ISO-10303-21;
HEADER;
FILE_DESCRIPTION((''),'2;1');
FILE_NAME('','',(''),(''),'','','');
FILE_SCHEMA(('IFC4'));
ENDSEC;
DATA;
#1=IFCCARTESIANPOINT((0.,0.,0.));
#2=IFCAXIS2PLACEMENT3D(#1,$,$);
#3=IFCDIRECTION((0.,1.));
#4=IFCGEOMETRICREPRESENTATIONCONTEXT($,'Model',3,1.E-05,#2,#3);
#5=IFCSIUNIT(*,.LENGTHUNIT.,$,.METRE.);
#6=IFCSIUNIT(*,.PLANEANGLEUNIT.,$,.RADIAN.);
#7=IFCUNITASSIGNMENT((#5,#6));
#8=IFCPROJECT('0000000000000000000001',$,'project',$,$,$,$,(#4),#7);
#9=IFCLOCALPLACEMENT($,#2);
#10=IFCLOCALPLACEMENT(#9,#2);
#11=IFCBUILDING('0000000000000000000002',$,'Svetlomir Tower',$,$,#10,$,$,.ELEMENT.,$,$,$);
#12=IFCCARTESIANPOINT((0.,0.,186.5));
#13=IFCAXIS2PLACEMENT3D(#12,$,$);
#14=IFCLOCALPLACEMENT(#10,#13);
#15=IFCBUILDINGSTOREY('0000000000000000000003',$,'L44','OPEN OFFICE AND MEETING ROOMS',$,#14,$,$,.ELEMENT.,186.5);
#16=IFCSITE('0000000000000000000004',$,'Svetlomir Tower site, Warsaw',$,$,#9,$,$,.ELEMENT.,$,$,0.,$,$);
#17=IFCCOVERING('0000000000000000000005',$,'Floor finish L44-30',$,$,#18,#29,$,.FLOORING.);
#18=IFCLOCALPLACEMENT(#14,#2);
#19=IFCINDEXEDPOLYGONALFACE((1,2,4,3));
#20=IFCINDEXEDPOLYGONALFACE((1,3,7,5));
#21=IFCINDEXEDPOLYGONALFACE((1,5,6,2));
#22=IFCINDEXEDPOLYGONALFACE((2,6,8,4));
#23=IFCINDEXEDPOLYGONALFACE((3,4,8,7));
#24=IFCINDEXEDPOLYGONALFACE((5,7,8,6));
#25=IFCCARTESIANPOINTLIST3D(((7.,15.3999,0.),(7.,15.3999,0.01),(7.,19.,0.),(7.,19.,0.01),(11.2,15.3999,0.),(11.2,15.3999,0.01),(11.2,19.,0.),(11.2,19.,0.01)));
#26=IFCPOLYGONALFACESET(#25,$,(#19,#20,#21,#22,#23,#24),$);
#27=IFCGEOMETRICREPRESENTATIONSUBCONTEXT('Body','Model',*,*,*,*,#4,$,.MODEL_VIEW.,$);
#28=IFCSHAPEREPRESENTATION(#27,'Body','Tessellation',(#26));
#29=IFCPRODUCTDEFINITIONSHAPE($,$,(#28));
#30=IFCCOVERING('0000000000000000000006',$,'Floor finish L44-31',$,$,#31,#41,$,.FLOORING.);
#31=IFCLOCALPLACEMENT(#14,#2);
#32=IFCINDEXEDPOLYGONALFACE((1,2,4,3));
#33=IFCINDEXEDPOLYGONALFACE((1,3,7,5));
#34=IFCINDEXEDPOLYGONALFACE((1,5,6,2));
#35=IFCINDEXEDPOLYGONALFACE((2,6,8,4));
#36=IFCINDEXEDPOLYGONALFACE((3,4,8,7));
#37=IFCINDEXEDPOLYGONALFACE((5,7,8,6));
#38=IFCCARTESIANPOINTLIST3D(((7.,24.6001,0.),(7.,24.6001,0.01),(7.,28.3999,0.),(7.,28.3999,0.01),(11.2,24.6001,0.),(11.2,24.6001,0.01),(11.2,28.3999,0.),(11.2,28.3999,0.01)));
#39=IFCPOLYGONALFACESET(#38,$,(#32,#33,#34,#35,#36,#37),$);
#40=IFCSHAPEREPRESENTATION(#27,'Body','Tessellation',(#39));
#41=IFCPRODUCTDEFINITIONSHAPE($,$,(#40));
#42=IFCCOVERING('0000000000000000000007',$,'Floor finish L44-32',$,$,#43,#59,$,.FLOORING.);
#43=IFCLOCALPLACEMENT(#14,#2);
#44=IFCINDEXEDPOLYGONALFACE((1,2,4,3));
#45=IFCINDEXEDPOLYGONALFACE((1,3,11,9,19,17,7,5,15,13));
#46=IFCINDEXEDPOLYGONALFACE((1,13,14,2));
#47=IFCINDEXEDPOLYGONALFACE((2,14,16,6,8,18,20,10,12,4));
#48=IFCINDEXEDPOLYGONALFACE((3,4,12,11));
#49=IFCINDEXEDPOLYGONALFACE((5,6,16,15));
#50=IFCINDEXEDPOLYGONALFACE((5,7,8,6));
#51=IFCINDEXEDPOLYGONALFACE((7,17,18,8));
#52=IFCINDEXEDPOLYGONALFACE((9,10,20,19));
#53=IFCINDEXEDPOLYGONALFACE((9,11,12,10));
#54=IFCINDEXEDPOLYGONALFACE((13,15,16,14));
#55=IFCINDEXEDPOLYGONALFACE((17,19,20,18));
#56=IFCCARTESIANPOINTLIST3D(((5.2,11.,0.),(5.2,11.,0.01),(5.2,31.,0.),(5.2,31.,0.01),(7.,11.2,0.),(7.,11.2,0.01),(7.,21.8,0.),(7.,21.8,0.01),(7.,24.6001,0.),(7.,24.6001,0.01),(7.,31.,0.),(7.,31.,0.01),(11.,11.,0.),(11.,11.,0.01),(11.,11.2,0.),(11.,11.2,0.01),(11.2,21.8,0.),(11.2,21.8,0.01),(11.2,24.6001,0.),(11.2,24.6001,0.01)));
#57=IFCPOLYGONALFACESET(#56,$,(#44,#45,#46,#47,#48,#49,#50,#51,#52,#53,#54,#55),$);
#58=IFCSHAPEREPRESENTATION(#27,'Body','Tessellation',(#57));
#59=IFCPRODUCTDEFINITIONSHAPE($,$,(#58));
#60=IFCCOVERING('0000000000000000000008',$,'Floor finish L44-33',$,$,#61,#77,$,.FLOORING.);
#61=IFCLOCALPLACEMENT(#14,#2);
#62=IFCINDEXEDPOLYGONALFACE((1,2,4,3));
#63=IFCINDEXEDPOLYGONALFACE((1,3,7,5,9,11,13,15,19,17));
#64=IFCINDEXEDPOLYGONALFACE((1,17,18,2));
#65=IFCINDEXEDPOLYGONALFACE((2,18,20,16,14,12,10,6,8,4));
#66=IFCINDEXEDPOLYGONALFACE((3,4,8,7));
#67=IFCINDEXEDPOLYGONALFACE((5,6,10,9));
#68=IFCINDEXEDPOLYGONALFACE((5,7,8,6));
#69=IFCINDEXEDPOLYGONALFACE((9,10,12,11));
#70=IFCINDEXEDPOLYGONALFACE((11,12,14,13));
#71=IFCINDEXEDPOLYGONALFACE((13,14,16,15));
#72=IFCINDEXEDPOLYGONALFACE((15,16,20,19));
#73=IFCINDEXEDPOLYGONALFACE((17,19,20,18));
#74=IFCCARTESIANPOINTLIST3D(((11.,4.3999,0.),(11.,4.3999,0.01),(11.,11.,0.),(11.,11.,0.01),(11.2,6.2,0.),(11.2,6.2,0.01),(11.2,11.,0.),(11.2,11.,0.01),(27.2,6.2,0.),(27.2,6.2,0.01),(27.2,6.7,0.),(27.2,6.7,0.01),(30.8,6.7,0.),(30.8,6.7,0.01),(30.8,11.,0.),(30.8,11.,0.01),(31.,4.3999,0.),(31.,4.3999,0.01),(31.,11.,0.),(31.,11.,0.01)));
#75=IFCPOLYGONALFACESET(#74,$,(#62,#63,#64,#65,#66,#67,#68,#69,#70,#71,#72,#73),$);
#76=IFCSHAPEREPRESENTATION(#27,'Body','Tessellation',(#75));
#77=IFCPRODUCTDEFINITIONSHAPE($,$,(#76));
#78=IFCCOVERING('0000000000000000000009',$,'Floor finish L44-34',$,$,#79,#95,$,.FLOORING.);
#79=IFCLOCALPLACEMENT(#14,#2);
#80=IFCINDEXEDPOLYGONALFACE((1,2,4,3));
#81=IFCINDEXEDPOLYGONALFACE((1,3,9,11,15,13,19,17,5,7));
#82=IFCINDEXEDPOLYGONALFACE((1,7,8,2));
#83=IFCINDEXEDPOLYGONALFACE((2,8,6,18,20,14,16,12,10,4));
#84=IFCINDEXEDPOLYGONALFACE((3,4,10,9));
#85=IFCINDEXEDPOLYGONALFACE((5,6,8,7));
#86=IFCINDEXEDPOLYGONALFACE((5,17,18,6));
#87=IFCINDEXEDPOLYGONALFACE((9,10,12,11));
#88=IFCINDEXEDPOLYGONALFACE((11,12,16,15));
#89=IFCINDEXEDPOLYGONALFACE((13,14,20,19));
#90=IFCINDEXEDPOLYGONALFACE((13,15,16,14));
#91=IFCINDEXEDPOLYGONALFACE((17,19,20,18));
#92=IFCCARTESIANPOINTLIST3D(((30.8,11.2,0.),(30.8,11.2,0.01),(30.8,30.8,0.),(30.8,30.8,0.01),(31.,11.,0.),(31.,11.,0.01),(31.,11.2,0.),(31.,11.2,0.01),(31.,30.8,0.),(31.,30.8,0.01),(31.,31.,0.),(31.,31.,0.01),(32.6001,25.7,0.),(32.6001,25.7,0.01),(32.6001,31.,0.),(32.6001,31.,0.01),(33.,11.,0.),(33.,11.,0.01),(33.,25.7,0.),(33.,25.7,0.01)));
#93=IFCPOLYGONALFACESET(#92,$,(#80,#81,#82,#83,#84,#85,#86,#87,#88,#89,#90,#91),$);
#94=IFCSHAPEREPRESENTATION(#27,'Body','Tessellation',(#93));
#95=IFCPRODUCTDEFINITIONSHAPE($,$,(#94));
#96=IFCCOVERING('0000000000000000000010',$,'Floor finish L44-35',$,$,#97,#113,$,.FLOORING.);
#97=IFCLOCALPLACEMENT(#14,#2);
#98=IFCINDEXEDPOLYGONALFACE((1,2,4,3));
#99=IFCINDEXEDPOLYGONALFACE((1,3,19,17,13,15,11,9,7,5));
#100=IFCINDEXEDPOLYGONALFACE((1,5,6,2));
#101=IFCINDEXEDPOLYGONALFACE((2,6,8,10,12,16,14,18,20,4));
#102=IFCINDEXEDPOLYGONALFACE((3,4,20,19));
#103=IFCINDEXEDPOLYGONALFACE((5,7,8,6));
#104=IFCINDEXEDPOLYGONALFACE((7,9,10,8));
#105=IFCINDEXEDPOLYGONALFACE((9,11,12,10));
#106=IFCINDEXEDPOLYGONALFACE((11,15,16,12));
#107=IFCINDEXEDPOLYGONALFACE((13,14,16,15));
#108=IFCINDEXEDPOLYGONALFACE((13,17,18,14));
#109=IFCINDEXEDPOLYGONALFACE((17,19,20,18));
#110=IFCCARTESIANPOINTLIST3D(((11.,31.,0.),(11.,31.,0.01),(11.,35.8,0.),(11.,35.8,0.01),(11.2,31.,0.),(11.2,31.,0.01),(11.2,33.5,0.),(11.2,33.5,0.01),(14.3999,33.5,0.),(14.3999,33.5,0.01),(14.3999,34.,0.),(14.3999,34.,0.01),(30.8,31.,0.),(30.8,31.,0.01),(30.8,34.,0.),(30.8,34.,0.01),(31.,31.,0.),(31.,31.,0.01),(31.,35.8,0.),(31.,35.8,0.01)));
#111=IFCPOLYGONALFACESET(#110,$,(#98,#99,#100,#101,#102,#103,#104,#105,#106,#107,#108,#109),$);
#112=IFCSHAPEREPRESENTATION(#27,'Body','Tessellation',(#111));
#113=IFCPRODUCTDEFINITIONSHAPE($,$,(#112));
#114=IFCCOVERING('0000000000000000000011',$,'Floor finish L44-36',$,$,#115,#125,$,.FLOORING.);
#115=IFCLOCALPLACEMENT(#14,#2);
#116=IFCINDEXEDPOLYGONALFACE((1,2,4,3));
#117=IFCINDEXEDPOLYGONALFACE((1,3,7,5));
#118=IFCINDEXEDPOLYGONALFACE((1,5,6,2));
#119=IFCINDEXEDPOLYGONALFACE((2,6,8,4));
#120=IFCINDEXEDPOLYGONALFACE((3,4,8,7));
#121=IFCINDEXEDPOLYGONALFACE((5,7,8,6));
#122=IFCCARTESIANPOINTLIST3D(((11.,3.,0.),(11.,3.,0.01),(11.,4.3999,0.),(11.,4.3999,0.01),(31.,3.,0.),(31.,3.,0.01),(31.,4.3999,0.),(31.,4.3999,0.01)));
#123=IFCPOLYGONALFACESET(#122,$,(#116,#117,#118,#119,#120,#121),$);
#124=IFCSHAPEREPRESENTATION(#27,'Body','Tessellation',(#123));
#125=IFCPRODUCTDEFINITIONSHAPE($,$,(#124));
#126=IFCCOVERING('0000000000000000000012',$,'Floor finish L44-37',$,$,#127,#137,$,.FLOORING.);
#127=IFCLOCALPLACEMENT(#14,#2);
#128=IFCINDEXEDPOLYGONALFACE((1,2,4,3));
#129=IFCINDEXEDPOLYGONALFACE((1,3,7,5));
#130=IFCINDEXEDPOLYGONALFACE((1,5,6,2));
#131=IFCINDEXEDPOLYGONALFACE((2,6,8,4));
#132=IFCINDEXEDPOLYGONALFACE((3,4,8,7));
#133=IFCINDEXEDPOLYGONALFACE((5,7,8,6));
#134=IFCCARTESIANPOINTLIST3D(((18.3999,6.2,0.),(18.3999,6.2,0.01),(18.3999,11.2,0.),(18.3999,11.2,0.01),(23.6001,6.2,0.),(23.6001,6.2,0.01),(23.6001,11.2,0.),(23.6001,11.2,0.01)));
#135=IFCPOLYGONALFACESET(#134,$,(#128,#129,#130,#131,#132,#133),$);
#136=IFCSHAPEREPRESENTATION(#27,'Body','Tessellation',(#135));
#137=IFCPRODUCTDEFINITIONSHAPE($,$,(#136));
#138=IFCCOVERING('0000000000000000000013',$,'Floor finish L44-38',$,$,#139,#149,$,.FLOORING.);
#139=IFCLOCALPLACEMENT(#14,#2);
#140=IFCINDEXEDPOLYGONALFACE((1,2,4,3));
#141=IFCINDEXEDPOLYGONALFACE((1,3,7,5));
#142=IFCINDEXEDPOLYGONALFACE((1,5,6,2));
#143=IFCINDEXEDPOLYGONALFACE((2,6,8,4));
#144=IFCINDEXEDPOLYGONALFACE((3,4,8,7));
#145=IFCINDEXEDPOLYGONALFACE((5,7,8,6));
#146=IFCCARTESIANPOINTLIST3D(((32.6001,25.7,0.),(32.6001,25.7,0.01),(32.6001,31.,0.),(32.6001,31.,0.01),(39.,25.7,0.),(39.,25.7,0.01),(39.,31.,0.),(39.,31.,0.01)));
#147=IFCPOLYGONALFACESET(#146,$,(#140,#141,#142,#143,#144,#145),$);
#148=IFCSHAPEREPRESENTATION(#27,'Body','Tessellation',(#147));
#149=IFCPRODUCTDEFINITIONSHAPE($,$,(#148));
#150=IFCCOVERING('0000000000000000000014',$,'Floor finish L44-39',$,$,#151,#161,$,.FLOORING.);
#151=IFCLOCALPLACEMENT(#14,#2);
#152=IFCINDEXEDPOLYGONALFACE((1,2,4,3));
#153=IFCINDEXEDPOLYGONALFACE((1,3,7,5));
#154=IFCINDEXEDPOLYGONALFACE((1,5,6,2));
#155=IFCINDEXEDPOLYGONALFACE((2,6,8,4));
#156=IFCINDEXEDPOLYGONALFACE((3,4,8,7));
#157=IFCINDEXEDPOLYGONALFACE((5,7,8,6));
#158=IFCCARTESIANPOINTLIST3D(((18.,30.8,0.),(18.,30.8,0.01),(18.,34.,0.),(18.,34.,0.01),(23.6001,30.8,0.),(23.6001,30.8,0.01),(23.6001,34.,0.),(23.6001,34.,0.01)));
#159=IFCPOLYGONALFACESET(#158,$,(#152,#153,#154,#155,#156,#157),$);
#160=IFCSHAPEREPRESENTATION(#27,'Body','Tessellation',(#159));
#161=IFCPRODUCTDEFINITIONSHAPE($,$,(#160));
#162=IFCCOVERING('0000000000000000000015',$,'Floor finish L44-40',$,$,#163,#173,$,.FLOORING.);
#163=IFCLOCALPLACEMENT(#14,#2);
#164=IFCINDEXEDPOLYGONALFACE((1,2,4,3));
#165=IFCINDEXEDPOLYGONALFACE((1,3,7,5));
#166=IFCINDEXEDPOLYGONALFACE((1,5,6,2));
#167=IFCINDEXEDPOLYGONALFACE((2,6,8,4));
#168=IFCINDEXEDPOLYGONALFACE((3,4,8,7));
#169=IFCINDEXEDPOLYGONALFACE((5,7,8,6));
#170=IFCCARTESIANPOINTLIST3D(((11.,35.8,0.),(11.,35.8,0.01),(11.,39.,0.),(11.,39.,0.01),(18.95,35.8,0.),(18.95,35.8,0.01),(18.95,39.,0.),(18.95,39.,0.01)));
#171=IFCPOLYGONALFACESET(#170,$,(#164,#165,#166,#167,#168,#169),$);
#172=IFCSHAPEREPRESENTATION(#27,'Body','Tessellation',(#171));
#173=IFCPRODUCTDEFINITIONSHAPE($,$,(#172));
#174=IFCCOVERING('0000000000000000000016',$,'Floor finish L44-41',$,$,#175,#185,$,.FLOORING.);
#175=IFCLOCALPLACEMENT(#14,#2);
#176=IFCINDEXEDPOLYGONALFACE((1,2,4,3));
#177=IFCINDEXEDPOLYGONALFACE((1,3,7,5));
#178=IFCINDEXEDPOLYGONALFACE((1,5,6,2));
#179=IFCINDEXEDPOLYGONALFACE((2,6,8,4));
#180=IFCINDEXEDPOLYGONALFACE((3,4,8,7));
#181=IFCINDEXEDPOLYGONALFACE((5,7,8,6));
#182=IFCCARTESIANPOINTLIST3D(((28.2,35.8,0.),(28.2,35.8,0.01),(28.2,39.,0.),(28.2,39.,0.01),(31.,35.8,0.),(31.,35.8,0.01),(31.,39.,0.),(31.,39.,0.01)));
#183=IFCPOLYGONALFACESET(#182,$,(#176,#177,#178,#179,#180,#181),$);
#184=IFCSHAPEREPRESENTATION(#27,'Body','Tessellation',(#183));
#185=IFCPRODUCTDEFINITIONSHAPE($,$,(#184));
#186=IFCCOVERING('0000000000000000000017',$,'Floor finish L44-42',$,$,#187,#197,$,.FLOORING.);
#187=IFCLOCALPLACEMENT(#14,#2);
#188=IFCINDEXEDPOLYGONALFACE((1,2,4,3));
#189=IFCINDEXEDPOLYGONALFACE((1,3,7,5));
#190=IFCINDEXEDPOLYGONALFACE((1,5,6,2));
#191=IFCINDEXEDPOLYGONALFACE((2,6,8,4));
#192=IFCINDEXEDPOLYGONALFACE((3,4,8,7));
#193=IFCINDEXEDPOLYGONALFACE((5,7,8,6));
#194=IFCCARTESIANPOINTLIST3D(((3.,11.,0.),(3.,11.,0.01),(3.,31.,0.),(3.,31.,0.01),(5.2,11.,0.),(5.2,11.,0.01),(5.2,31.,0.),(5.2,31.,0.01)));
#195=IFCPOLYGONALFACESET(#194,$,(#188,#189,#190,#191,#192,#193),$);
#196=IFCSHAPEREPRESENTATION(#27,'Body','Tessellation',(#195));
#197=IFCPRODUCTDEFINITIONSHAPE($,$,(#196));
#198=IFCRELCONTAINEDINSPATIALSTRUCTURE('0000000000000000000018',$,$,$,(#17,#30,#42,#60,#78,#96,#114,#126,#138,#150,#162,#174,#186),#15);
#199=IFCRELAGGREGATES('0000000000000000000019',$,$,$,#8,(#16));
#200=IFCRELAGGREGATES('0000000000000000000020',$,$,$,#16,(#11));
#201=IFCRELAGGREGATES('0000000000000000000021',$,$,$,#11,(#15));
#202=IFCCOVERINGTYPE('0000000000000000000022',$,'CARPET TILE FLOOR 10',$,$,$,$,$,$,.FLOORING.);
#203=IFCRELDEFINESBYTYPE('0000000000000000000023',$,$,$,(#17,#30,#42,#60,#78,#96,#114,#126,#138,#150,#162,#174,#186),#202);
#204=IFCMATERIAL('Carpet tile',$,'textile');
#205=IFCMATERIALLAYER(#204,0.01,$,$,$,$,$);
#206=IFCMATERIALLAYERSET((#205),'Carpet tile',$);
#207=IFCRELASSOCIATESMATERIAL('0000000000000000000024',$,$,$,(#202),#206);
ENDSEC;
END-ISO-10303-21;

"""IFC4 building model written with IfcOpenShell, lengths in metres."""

from ifc_helpers import new_model, si_unit, direction, frame, origin, place, context, subcontext, project, spatial, polyline, outline, extrude, material, layer, layer_set, type_object, element, save


model = new_model("IFC4")

# Units and contexts
model_context = context("Model", 3, precision=1e-05, world=origin(), true_north=direction((0.0, 1.0)))
body_context = subcontext(model_context, "Body", "Model", "MODEL_VIEW")
ifc_project = project(units=[si_unit("LENGTHUNIT", "METRE"), si_unit("PLANEANGLEUNIT", "RADIAN")], contexts=[model_context])

# Site, building, storey
site_placement = place(None, origin())
site = spatial("IfcSite", under=ifc_project, at=site_placement, Name="Svetlomir Tower site, Warsaw", CompositionType="ELEMENT", RefElevation=0.0)
building_placement = place(site_placement, origin())
building = spatial("IfcBuilding", under=site, at=building_placement, Name="Svetlomir Tower", CompositionType="ELEMENT")
storey_placement = place(building_placement, frame((0.0, 0.0, 186.5)))
storey = spatial("IfcBuildingStorey", under=building, at=storey_placement, Name="L44", Description="OPEN OFFICE AND MEETING ROOMS", CompositionType="ELEMENT", Elevation=186.5)

# Coverings
ifc_material_1 = material(Name="Carpet tile", Category="textile")
ifc_layer_1 = layer(ifc_material_1, 0.01)
ifc_layer_set_1 = layer_set([ifc_layer_1], Name="Carpet tile")
covering_type_1 = type_object("IfcCoveringType", Name="CARPET TILE FLOOR 10", PredefinedType="FLOORING", material=ifc_layer_set_1)
covering_1_placement = place(storey_placement, origin())
element("IfcCovering", 1, at=covering_1_placement, inside=storey, type_object=covering_type_1, Name="Floor finish L44-30", PredefinedType="FLOORING", context=body_context, shape_type="SweptSolid", body=[
    extrude(outline(polyline([(7.0, 15.3999), (11.2, 15.3999), (11.2, 19.0), (7.0, 19.0), (7.0, 15.3999)])), origin(), (0.0, 0.0, 1.0), 0.01),
])
covering_2_placement = place(storey_placement, origin())
element("IfcCovering", 2, at=covering_2_placement, inside=storey, type_object=covering_type_1, Name="Floor finish L44-31", PredefinedType="FLOORING", context=body_context, shape_type="SweptSolid", body=[
    extrude(outline(polyline([(7.0, 24.6001), (11.2, 24.6001), (11.2, 28.3999), (7.0, 28.3999), (7.0, 24.6001)])), origin(), (0.0, 0.0, 1.0), 0.01),
])
covering_3_placement = place(storey_placement, origin())
element("IfcCovering", 3, at=covering_3_placement, inside=storey, type_object=covering_type_1, Name="Floor finish L44-32", PredefinedType="FLOORING", context=body_context, shape_type="SweptSolid", body=[
    extrude(outline(polyline([(5.2, 11.0), (5.2, 31.0), (7.0, 31.0), (7.0, 24.6001), (11.2, 24.6001), (11.2, 21.8), (7.0, 21.8), (7.0, 11.2), (11.0, 11.2), (11.0, 11.0), (5.2, 11.0)])), origin(), (0.0, 0.0, 1.0), 0.01),
])
covering_4_placement = place(storey_placement, origin())
element("IfcCovering", 4, at=covering_4_placement, inside=storey, type_object=covering_type_1, Name="Floor finish L44-33", PredefinedType="FLOORING", context=body_context, shape_type="SweptSolid", body=[
    extrude(outline(polyline([(11.2, 6.2), (27.2, 6.2), (27.2, 6.7), (30.8, 6.7), (30.8, 11.0), (31.0, 11.0), (31.0, 4.3999), (11.0, 4.3999), (11.0, 11.0), (11.2, 11.0), (11.2, 6.2)])), origin(), (0.0, 0.0, 1.0), 0.01),
])
covering_5_placement = place(storey_placement, origin())
element("IfcCovering", 5, at=covering_5_placement, inside=storey, type_object=covering_type_1, Name="Floor finish L44-34", PredefinedType="FLOORING", context=body_context, shape_type="SweptSolid", body=[
    extrude(outline(polyline([(30.8, 11.2), (30.8, 30.8), (31.0, 30.8), (31.0, 31.0), (32.6001, 31.0), (32.6001, 25.7), (33.0, 25.7), (33.0, 11.0), (31.0, 11.0), (31.0, 11.2), (30.8, 11.2)])), origin(), (0.0, 0.0, 1.0), 0.01),
])
covering_6_placement = place(storey_placement, origin())
element("IfcCovering", 6, at=covering_6_placement, inside=storey, type_object=covering_type_1, Name="Floor finish L44-35", PredefinedType="FLOORING", context=body_context, shape_type="SweptSolid", body=[
    extrude(outline(polyline([(30.8, 34.0), (14.3999, 34.0), (14.3999, 33.5), (11.2, 33.5), (11.2, 31.0), (11.0, 31.0), (11.0, 35.8), (31.0, 35.8), (31.0, 31.0), (30.8, 31.0), (30.8, 34.0)])), origin(), (0.0, 0.0, 1.0), 0.01),
])
covering_7_placement = place(storey_placement, origin())
element("IfcCovering", 7, at=covering_7_placement, inside=storey, type_object=covering_type_1, Name="Floor finish L44-36", PredefinedType="FLOORING", context=body_context, shape_type="SweptSolid", body=[
    extrude(outline(polyline([(11.0, 3.0), (11.0, 4.3999), (31.0, 4.3999), (31.0, 3.0), (11.0, 3.0)])), origin(), (0.0, 0.0, 1.0), 0.01),
])
covering_8_placement = place(storey_placement, origin())
element("IfcCovering", 8, at=covering_8_placement, inside=storey, type_object=covering_type_1, Name="Floor finish L44-37", PredefinedType="FLOORING", context=body_context, shape_type="SweptSolid", body=[
    extrude(outline(polyline([(23.6001, 11.2), (23.6001, 6.2), (18.3999, 6.2), (18.3999, 11.2), (23.6001, 11.2)])), origin(), (0.0, 0.0, 1.0), 0.01),
])
covering_9_placement = place(storey_placement, origin())
element("IfcCovering", 9, at=covering_9_placement, inside=storey, type_object=covering_type_1, Name="Floor finish L44-38", PredefinedType="FLOORING", context=body_context, shape_type="SweptSolid", body=[
    extrude(outline(polyline([(39.0, 25.7), (32.6001, 25.7), (32.6001, 31.0), (39.0, 31.0), (39.0, 25.7)])), origin(), (0.0, 0.0, 1.0), 0.01),
])
covering_10_placement = place(storey_placement, origin())
element("IfcCovering", 10, at=covering_10_placement, inside=storey, type_object=covering_type_1, Name="Floor finish L44-39", PredefinedType="FLOORING", context=body_context, shape_type="SweptSolid", body=[
    extrude(outline(polyline([(18.0, 30.8), (18.0, 34.0), (23.6001, 34.0), (23.6001, 30.8), (18.0, 30.8)])), origin(), (0.0, 0.0, 1.0), 0.01),
])
covering_11_placement = place(storey_placement, origin())
element("IfcCovering", 11, at=covering_11_placement, inside=storey, type_object=covering_type_1, Name="Floor finish L44-40", PredefinedType="FLOORING", context=body_context, shape_type="SweptSolid", body=[
    extrude(outline(polyline([(18.95, 39.0), (18.95, 35.8), (11.0, 35.8), (11.0, 39.0), (18.95, 39.0)])), origin(), (0.0, 0.0, 1.0), 0.01),
])
covering_12_placement = place(storey_placement, origin())
element("IfcCovering", 12, at=covering_12_placement, inside=storey, type_object=covering_type_1, Name="Floor finish L44-41", PredefinedType="FLOORING", context=body_context, shape_type="SweptSolid", body=[
    extrude(outline(polyline([(31.0, 39.0), (31.0, 35.8), (28.2, 35.8), (28.2, 39.0), (31.0, 39.0)])), origin(), (0.0, 0.0, 1.0), 0.01),
])
covering_13_placement = place(storey_placement, origin())
element("IfcCovering", 13, at=covering_13_placement, inside=storey, type_object=covering_type_1, Name="Floor finish L44-42", PredefinedType="FLOORING", context=body_context, shape_type="SweptSolid", body=[
    extrude(outline(polyline([(3.0, 31.0), (5.2, 31.0), (5.2, 11.0), (3.0, 11.0), (3.0, 31.0)])), origin(), (0.0, 0.0, 1.0), 0.01),
])

save(model, "model.ifc")
